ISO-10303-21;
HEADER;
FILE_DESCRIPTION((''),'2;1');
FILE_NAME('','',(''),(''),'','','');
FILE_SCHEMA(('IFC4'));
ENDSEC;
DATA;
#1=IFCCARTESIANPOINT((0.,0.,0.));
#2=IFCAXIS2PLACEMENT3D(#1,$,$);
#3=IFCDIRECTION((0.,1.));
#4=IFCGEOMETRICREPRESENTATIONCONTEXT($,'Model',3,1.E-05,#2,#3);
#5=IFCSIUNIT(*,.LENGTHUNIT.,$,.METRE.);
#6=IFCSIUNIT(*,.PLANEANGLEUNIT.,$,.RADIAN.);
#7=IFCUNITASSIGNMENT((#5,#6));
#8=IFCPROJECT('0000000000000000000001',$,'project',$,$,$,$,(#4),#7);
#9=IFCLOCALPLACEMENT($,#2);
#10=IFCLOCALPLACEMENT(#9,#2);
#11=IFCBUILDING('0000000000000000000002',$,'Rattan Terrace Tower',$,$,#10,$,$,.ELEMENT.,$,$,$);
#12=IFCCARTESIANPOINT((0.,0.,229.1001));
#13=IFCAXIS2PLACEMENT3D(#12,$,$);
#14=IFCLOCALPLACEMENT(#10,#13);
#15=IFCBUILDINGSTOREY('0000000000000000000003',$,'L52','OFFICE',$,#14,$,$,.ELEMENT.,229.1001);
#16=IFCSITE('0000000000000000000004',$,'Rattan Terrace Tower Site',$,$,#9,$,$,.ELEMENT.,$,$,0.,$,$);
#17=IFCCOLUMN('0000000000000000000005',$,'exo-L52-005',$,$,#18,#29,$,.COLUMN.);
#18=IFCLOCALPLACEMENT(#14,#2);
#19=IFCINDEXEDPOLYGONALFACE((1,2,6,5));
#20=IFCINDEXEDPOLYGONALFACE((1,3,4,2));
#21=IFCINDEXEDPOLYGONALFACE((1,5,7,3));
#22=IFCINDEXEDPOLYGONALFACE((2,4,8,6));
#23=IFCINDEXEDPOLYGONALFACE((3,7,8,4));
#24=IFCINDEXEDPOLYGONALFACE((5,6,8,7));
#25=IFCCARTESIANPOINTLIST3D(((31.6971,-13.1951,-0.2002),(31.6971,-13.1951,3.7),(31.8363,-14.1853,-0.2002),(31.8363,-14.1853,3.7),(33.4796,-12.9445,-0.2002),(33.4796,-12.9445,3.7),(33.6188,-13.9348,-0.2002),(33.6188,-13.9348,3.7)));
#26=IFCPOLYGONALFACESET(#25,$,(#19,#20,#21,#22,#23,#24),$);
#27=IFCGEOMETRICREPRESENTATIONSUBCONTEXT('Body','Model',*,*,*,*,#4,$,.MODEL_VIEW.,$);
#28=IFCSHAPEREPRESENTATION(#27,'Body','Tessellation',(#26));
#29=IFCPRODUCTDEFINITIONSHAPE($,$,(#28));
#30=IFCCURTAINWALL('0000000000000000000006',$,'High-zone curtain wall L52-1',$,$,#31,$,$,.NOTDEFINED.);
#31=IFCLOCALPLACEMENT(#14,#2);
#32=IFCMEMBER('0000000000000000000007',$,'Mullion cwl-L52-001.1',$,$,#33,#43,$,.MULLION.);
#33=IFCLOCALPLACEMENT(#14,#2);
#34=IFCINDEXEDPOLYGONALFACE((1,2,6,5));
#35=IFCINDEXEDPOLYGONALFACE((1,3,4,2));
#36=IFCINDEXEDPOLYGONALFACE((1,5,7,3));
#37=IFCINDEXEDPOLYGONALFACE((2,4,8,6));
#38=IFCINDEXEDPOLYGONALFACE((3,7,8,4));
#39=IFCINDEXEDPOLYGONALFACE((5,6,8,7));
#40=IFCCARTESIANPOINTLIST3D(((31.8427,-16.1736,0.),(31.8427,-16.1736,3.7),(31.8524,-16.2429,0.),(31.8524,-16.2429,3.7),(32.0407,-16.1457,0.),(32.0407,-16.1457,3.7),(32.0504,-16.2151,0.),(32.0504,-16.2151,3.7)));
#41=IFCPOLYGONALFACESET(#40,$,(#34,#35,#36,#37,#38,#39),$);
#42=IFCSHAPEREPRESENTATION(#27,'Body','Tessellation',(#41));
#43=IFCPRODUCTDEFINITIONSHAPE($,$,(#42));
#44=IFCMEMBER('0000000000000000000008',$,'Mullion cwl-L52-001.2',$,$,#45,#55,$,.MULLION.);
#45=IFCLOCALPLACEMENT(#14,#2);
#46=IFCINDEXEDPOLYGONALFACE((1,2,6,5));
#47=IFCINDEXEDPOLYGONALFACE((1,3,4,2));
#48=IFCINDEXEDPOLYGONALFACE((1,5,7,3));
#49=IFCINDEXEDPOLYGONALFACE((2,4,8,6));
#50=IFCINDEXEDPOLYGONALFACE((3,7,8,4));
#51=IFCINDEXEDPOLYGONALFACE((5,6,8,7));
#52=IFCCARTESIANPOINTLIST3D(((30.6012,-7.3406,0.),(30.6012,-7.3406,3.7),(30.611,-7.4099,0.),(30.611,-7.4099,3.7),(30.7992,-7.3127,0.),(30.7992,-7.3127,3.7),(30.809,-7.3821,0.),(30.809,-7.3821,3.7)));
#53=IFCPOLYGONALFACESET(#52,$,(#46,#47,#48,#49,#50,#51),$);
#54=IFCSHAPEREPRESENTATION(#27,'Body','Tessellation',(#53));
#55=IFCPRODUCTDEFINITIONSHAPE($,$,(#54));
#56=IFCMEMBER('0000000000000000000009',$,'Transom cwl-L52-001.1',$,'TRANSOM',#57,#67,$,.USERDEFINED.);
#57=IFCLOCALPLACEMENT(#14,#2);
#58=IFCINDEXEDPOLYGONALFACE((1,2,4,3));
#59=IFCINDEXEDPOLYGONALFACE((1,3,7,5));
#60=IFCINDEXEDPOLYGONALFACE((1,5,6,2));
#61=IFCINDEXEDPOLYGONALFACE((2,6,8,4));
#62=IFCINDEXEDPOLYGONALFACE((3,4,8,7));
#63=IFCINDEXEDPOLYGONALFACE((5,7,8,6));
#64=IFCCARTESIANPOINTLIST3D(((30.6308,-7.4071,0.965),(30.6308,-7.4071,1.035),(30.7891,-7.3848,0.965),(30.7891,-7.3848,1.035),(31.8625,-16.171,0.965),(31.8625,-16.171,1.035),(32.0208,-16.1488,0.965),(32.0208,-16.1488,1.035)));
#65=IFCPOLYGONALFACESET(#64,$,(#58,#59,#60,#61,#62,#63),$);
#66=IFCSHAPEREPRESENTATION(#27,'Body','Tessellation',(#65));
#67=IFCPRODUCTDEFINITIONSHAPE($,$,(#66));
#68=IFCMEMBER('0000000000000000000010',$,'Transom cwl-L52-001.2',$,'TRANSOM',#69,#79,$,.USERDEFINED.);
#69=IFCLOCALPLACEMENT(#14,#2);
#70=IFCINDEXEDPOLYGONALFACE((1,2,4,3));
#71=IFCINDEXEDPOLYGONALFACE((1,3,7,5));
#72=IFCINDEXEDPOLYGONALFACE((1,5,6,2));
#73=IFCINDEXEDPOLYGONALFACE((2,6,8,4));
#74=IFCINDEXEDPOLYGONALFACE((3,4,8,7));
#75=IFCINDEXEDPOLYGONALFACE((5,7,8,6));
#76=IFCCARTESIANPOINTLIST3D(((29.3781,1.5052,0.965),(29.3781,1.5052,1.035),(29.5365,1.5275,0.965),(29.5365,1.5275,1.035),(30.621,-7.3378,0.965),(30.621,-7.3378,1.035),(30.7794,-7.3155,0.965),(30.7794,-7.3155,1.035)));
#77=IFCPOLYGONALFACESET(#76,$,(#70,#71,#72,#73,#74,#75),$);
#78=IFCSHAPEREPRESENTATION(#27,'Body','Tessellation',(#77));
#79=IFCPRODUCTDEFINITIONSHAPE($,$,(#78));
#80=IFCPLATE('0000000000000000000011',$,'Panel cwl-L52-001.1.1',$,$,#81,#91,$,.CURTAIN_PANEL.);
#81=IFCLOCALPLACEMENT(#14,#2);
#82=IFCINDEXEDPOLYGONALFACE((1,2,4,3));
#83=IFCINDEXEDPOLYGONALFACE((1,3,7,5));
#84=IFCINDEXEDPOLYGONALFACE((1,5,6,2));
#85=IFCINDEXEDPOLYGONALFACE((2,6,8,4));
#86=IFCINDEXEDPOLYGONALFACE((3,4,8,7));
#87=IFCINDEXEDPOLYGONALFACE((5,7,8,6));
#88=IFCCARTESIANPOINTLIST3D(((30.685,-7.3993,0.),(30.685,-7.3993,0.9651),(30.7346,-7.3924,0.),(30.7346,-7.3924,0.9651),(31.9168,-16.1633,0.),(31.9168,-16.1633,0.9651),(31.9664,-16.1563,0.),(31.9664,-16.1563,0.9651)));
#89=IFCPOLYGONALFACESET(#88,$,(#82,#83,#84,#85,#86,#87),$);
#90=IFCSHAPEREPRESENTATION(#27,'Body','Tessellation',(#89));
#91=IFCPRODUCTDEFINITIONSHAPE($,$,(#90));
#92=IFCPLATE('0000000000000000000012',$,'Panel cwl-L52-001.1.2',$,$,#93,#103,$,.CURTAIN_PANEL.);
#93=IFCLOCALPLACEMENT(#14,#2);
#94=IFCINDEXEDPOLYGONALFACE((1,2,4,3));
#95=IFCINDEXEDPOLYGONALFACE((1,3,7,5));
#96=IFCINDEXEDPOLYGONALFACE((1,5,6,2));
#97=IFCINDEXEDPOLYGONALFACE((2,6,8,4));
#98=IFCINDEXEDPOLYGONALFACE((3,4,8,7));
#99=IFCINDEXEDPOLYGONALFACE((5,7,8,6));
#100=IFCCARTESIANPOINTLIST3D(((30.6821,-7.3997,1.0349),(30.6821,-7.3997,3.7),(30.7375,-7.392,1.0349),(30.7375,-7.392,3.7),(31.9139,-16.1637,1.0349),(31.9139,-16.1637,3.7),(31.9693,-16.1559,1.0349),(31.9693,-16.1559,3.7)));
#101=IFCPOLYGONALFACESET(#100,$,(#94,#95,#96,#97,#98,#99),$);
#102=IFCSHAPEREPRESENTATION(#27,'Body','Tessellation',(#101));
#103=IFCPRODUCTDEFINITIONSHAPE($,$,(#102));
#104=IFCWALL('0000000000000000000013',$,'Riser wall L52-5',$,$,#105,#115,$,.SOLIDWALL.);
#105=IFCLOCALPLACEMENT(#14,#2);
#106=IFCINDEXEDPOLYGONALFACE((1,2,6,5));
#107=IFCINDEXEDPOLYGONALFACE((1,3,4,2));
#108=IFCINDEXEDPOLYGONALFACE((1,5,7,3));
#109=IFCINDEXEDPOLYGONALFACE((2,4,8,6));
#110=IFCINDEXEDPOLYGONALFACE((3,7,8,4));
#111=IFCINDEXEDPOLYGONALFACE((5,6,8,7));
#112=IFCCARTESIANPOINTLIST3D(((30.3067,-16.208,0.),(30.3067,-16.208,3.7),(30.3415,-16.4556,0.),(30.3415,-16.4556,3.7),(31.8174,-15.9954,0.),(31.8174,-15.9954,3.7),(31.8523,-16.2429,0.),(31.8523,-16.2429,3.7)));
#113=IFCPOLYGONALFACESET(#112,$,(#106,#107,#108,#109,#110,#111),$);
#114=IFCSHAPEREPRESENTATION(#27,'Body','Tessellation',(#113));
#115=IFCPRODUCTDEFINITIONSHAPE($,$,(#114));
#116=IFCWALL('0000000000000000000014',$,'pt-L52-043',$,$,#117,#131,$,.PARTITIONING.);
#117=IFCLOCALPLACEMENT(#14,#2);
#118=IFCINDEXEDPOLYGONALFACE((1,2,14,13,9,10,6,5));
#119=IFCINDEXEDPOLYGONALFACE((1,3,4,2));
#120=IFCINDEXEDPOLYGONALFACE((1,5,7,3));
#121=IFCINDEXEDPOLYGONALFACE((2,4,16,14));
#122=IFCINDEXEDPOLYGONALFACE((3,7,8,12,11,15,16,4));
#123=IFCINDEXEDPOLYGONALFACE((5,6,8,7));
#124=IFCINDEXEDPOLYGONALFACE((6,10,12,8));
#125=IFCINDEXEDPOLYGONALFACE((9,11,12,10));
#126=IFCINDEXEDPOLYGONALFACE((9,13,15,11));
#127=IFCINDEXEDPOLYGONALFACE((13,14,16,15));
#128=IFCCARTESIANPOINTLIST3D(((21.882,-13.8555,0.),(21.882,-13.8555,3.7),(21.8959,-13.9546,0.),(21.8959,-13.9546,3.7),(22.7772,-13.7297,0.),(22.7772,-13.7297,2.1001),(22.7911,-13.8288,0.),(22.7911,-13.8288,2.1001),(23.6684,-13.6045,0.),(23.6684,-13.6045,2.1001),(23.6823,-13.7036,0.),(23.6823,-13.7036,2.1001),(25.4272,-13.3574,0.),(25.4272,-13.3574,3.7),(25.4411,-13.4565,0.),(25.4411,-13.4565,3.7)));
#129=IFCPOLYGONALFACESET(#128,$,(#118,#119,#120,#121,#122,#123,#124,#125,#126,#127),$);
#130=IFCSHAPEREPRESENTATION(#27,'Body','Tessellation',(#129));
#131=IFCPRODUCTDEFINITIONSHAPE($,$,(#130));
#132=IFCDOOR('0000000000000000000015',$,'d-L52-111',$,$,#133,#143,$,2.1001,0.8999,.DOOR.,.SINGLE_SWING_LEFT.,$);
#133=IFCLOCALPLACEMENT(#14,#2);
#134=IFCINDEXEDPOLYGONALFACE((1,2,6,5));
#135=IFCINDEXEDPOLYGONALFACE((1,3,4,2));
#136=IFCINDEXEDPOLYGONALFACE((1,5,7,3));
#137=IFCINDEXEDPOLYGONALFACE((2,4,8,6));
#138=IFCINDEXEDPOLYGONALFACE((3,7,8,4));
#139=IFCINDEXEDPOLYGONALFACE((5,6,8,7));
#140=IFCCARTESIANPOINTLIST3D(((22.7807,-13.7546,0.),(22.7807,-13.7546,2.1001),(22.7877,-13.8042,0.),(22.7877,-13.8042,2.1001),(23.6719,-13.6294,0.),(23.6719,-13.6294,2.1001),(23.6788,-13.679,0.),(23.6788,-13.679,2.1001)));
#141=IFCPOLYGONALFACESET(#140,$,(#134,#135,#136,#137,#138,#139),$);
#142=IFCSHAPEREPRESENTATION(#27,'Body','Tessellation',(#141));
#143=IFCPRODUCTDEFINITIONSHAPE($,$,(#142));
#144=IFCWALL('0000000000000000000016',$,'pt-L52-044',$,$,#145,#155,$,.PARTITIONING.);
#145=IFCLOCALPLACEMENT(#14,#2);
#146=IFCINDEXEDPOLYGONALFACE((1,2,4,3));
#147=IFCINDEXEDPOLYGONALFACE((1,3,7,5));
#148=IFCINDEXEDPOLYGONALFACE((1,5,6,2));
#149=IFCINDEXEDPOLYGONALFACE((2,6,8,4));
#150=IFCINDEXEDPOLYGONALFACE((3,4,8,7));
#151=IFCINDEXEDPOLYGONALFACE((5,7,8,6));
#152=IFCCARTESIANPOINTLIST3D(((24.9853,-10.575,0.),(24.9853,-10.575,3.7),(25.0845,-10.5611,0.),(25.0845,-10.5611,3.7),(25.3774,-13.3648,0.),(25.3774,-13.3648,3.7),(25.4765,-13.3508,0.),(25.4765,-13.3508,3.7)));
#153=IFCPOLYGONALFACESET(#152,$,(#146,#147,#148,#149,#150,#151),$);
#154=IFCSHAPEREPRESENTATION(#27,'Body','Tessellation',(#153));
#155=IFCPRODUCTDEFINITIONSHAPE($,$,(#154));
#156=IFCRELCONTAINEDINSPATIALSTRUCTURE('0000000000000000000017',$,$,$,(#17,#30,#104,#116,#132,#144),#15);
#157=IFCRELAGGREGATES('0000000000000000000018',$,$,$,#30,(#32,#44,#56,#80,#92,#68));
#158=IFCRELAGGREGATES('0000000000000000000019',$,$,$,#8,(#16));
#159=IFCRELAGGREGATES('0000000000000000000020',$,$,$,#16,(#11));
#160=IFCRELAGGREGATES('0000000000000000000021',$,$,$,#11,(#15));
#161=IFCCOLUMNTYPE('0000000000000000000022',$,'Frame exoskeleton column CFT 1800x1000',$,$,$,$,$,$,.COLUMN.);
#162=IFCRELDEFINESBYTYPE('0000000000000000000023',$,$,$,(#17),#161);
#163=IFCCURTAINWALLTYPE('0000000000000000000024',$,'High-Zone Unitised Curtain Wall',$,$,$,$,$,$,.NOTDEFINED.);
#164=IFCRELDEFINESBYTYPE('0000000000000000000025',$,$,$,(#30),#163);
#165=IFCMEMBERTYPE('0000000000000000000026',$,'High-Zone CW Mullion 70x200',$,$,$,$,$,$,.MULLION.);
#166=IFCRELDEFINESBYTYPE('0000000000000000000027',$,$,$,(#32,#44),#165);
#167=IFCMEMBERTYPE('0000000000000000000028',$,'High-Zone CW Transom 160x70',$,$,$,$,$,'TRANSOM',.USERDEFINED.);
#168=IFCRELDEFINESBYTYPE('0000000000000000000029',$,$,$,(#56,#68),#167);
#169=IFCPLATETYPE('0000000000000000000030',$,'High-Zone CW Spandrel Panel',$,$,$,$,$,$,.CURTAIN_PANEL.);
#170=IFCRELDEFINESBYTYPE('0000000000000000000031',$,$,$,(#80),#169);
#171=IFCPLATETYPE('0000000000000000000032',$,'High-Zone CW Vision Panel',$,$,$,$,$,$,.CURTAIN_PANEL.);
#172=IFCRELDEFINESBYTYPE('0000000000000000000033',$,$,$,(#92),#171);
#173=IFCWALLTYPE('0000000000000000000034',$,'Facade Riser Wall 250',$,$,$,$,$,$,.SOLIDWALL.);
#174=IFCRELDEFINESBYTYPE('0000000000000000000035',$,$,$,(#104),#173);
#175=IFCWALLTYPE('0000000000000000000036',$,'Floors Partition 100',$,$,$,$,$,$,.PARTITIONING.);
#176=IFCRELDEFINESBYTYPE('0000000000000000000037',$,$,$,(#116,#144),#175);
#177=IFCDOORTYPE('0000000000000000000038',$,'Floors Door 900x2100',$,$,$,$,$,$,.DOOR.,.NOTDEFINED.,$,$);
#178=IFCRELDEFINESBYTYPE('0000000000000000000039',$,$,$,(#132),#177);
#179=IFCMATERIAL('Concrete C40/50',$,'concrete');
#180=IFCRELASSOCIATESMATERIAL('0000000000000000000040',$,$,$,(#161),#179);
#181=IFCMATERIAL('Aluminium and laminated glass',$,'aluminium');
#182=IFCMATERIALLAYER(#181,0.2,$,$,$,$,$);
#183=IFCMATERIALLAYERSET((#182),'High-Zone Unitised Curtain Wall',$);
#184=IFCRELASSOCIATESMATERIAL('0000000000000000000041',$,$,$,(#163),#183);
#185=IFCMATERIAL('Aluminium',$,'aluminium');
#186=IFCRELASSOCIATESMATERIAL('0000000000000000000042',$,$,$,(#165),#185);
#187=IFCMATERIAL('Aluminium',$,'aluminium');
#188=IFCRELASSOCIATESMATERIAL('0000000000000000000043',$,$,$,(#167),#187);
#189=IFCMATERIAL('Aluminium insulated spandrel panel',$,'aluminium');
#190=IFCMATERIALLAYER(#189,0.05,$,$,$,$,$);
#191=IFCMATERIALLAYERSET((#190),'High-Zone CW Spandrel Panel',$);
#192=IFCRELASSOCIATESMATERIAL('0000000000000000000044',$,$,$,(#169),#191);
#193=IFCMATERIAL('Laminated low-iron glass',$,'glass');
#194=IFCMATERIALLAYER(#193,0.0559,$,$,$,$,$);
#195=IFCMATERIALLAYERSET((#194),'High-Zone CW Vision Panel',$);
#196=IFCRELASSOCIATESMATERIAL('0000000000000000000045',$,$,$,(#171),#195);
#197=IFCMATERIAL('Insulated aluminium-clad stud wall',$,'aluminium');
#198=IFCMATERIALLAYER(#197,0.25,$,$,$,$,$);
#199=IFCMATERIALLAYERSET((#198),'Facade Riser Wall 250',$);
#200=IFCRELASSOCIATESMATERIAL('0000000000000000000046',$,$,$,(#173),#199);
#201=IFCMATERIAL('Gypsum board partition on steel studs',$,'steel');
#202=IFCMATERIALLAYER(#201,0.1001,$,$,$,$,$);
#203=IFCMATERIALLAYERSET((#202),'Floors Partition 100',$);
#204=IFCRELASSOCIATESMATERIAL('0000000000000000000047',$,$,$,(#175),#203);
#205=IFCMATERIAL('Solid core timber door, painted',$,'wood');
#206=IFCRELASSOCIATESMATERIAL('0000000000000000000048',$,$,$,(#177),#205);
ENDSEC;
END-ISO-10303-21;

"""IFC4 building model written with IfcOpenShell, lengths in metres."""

from ifc_helpers import new_model, si_unit, direction, frame, frame_2d, origin, origin_2d, place, context, subcontext, project, spatial, rectangle, extrude, material, layer, layer_set, material_profile, profile_set, type_object, element, fill, aggregate, save


model = new_model("IFC4")

# Units and contexts
model_context = context("Model", 3, precision=1e-05, world=origin(), true_north=direction((0.0, 1.0)))
body_context = subcontext(model_context, "Body", "Model", "MODEL_VIEW")
ifc_project = project(units=[si_unit("LENGTHUNIT", "METRE"), si_unit("PLANEANGLEUNIT", "RADIAN")], contexts=[model_context])

# Site, building, storey
site_placement = place(None, origin())
site = spatial("IfcSite", under=ifc_project, at=site_placement, Name="Rattan Terrace Tower Site", CompositionType="ELEMENT", RefElevation=0.0)
building_placement = place(site_placement, origin())
building = spatial("IfcBuilding", under=site, at=building_placement, Name="Rattan Terrace Tower", CompositionType="ELEMENT")
storey_placement = place(building_placement, frame((0.0, 0.0, 229.1001)))
storey = spatial("IfcBuildingStorey", under=building, at=storey_placement, Name="L52", Description="OFFICE", CompositionType="ELEMENT", Elevation=229.1001)

# Column
ifc_material_1 = material(Name="Concrete C40/50", Category="concrete")
ifc_material_profile_1 = material_profile(ifc_material_1, rectangle(XDim=1.0, YDim=1.8, at=origin_2d()), Name="CFT 1800x1000")
ifc_profile_set_1 = profile_set([ifc_material_profile_1], Name="Concrete C40/50")
column_type = type_object("IfcColumnType", Name="Frame exoskeleton column CFT 1800x1000", PredefinedType="COLUMN", material=ifc_profile_set_1)
column_placement = place(storey_placement, frame((32.658, -13.5649, -0.2002), z_axis=(0.0, 0.0, 1.0), x_axis=(-0.13919, 0.990266, 0.0)))
element("IfcColumn", 1, at=column_placement, inside=storey, type_object=column_type, Name="exo-L52-005", PredefinedType="COLUMN", context=body_context, shape_type="SweptSolid", body=[
    extrude(rectangle(XDim=1.0, YDim=1.8, at=origin_2d()), origin(), (0.0, 0.0, 1.0), 3.9001),
])

# Curtain wall, members, plates
ifc_material_2 = material(Name="Aluminium and laminated glass", Category="aluminium")
ifc_layer_1 = layer(ifc_material_2, 0.2)
ifc_layer_set_1 = layer_set([ifc_layer_1], Name="High-Zone Unitised Curtain Wall")
curtain_wall_type = type_object("IfcCurtainWallType", Name="High-Zone Unitised Curtain Wall", PredefinedType="NOTDEFINED", material=ifc_layer_set_1)
curtain_wall_placement = place(storey_placement, origin())
curtain_wall = element("IfcCurtainWall", 2, at=curtain_wall_placement, inside=storey, type_object=curtain_wall_type, Name="High-zone curtain wall L52-1", PredefinedType="NOTDEFINED")
ifc_material_3 = material(Name="Aluminium", Category="aluminium")
ifc_material_profile_2 = material_profile(ifc_material_3, rectangle(XDim=0.0701, YDim=0.2, at=origin_2d()), Name="Aluminium 70x200")
ifc_profile_set_2 = profile_set([ifc_material_profile_2], Name="Aluminium")
member_type_1 = type_object("IfcMemberType", Name="High-Zone CW Mullion 70x200", PredefinedType="MULLION", material=ifc_profile_set_2)
member_1_placement = place(storey_placement, frame((31.9465, -16.1943, 0.0), z_axis=(0.0, 0.0, 1.0), x_axis=(-0.139186, 0.990266, 0.0)))
member_1 = element("IfcMember", 3, at=member_1_placement, type_object=member_type_1, Name="Mullion cwl-L52-001.1", PredefinedType="MULLION", context=body_context, shape_type="SweptSolid", body=[
    extrude(rectangle(XDim=0.0701, YDim=0.2, at=origin_2d()), origin(), (0.0, 0.0, 1.0), 3.7),
])
member_2_placement = place(storey_placement, frame((30.7051, -7.3613, 0.0), z_axis=(0.0, 0.0, 1.0), x_axis=(-0.139186, 0.990266, 0.0)))
member_2 = element("IfcMember", 4, at=member_2_placement, type_object=member_type_1, Name="Mullion cwl-L52-001.2", PredefinedType="MULLION", context=body_context, shape_type="SweptSolid", body=[
    extrude(rectangle(XDim=0.0701, YDim=0.2, at=origin_2d()), origin(), (0.0, 0.0, 1.0), 3.7),
])
ifc_material_4 = material(Name="Aluminium", Category="aluminium")
ifc_material_profile_3 = material_profile(ifc_material_4, rectangle(XDim=0.1599, YDim=0.0701, at=origin_2d()), Name="Aluminium 160x70")
ifc_profile_set_3 = profile_set([ifc_material_profile_3], Name="Aluminium")
member_type_2 = type_object("IfcMemberType", Name="High-Zone CW Transom 160x70", ElementType="TRANSOM", PredefinedType="USERDEFINED", material=ifc_profile_set_3)
member_3_placement = place(storey_placement, frame((31.9417, -16.1599, 1.0), z_axis=(-0.139173, 0.990268, 0.0), x_axis=(-0.990268, -0.139173, 0.0)))
member_3 = element("IfcMember", 5, at=member_3_placement, type_object=member_type_2, Name="Transom cwl-L52-001.1", ObjectType="TRANSOM", PredefinedType="USERDEFINED", context=body_context, shape_type="SweptSolid", body=[
    extrude(rectangle(XDim=0.1599, YDim=0.0701, at=origin_2d()), origin(), (0.0, 0.0, 1.0), 8.8501),
])
member_4_placement = place(storey_placement, frame((30.7002, -7.3267, 1.0), z_axis=(-0.139186, 0.990266, 0.0), x_axis=(-0.990266, -0.139186, 0.0)))
member_4 = element("IfcMember", 6, at=member_4_placement, type_object=member_type_2, Name="Transom cwl-L52-001.2", ObjectType="TRANSOM", PredefinedType="USERDEFINED", context=body_context, shape_type="SweptSolid", body=[
    extrude(rectangle(XDim=0.1599, YDim=0.0701, at=origin_2d()), origin(), (0.0, 0.0, 1.0), 8.9299),
])
ifc_material_5 = material(Name="Aluminium insulated spandrel panel", Category="aluminium")
ifc_layer_2 = layer(ifc_material_5, 0.05)
ifc_layer_set_2 = layer_set([ifc_layer_2], Name="High-Zone CW Spandrel Panel")
plate_type_1 = type_object("IfcPlateType", Name="High-Zone CW Spandrel Panel", PredefinedType="CURTAIN_PANEL", material=ifc_layer_set_2)
plate_1_placement = place(storey_placement, frame((31.3257, -11.7778, 0.0), z_axis=(0.0, 0.0, 1.0), x_axis=(-0.139186, 0.990266, 0.0)))
plate_1 = element("IfcPlate", 7, at=plate_1_placement, type_object=plate_type_1, Name="Panel cwl-L52-001.1.1", PredefinedType="CURTAIN_PANEL", context=body_context, shape_type="SweptSolid", body=[
    extrude(rectangle(XDim=8.8501, YDim=0.05, at=origin_2d()), origin(), (0.0, 0.0, 1.0), 0.9651),
])
ifc_material_6 = material(Name="Laminated low-iron glass", Category="glass")
ifc_layer_3 = layer(ifc_material_6, 0.0559)
ifc_layer_set_3 = layer_set([ifc_layer_3], Name="High-Zone CW Vision Panel")
plate_type_2 = type_object("IfcPlateType", Name="High-Zone CW Vision Panel", PredefinedType="CURTAIN_PANEL", material=ifc_layer_set_3)
plate_2_placement = place(storey_placement, frame((31.3257, -11.7778, 1.0349), z_axis=(0.0, 0.0, 1.0), x_axis=(-0.139186, 0.990266, 0.0)))
plate_2 = element("IfcPlate", 8, at=plate_2_placement, type_object=plate_type_2, Name="Panel cwl-L52-001.1.2", PredefinedType="CURTAIN_PANEL", context=body_context, shape_type="SweptSolid", body=[
    extrude(rectangle(XDim=8.8501, YDim=0.0559, at=origin_2d()), origin(), (0.0, 0.0, 1.0), 2.665),
])
aggregate(curtain_wall, [member_1, member_2, member_3, plate_1, plate_2, member_4])

# Wall
ifc_material_7 = material(Name="Insulated aluminium-clad stud wall", Category="aluminium")
ifc_layer_4 = layer(ifc_material_7, 0.25)
ifc_layer_set_4 = layer_set([ifc_layer_4], Name="Facade Riser Wall 250")
wall_type_1 = type_object("IfcWallType", Name="Facade Riser Wall 250", PredefinedType="SOLIDWALL", material=ifc_layer_set_4)
wall_1_placement = place(storey_placement, frame((30.3242, -16.3318, 0.0), z_axis=(0.0, 0.0, 1.0), x_axis=(0.990239, 0.139382, 0.0)))
element("IfcWall", 9, at=wall_1_placement, inside=storey, type_object=wall_type_1, Name="Riser wall L52-5", PredefinedType="SOLIDWALL", context=body_context, shape_type="SweptSolid", body=[
    extrude(rectangle(XDim=1.5256, YDim=0.25, at=frame_2d((0.7627, 0.0))), origin(), (0.0, 0.0, 1.0), 3.7),
])

# Wall, opening, door
ifc_material_8 = material(Name="Gypsum board partition on steel studs", Category="steel")
ifc_layer_5 = layer(ifc_material_8, 0.1001)
ifc_layer_set_5 = layer_set([ifc_layer_5], Name="Floors Partition 100")
wall_type_2 = type_object("IfcWallType", Name="Floors Partition 100", PredefinedType="PARTITIONING", material=ifc_layer_set_5)
wall_2_placement = place(storey_placement, frame((21.8889, -13.905, 0.0), z_axis=(0.0, 0.0, 1.0), x_axis=(0.990276, 0.13912, 0.0)))
wall_2 = element("IfcWall", 10, at=wall_2_placement, inside=storey, type_object=wall_type_2, Name="pt-L52-043", PredefinedType="PARTITIONING", context=body_context, shape_type="SweptSolid", body=[
    extrude(rectangle(XDim=3.5801, YDim=0.1001, at=frame_2d((1.79, 0.0))), origin(), (0.0, 0.0, 1.0), 3.7),
])
opening_1_placement = place(wall_2_placement, frame((0.9041, 0.0, 0.0)))
opening_1 = element("IfcOpeningElement", 11, at=opening_1_placement, cuts=wall_2, PredefinedType="OPENING", context=body_context, shape_type="SweptSolid", body=[
    extrude(rectangle(XDim=0.8999, YDim=2.1001, at=frame_2d((0.45, 1.05))), frame((0.0, 0.0605, 0.0), z_axis=(0.0, -1.0, 0.0), x_axis=(1.0, 0.0, 0.0)), (0.0, 0.0, 1.0), 0.1211),
])
ifc_material_9 = material(Name="Solid core timber door, painted", Category="wood")
door_type_1 = type_object("IfcDoorType", Name="Floors Door 900x2100", OperationType="NOTDEFINED", PredefinedType="DOOR", material=ifc_material_9)
door_1_placement = place(opening_1_placement, origin())
door_1 = element("IfcDoor", 12, at=door_1_placement, inside=storey, type_object=door_type_1, Name="d-L52-111", OperationType="SINGLE_SWING_LEFT", OverallHeight=2.1001, OverallWidth=0.8999, PredefinedType="DOOR", context=body_context, shape_type="SweptSolid", body=[
    extrude(rectangle(XDim=0.8999, YDim=2.1001, at=frame_2d((0.45, 1.05))), frame((0.0, 0.0249, 0.0), z_axis=(0.0, -1.0, 0.0), x_axis=(1.0, 0.0, 0.0)), (0.0, 0.0, 1.0), 0.05),
])
fill(opening_1, door_1)

# Wall
wall_3_placement = place(storey_placement, frame((25.427, -13.3579, 0.0), z_axis=(0.0, 0.0, 1.0), x_axis=(-0.139176, 0.990268, 0.0)))
element("IfcWall", 13, at=wall_3_placement, inside=storey, type_object=wall_type_2, Name="pt-L52-044", PredefinedType="PARTITIONING", context=body_context, shape_type="SweptSolid", body=[
    extrude(rectangle(XDim=2.8171, YDim=0.1001, at=frame_2d((1.4087, 0.0))), origin(), (0.0, 0.0, 1.0), 3.7),
])

save(model, "model.ifc")
